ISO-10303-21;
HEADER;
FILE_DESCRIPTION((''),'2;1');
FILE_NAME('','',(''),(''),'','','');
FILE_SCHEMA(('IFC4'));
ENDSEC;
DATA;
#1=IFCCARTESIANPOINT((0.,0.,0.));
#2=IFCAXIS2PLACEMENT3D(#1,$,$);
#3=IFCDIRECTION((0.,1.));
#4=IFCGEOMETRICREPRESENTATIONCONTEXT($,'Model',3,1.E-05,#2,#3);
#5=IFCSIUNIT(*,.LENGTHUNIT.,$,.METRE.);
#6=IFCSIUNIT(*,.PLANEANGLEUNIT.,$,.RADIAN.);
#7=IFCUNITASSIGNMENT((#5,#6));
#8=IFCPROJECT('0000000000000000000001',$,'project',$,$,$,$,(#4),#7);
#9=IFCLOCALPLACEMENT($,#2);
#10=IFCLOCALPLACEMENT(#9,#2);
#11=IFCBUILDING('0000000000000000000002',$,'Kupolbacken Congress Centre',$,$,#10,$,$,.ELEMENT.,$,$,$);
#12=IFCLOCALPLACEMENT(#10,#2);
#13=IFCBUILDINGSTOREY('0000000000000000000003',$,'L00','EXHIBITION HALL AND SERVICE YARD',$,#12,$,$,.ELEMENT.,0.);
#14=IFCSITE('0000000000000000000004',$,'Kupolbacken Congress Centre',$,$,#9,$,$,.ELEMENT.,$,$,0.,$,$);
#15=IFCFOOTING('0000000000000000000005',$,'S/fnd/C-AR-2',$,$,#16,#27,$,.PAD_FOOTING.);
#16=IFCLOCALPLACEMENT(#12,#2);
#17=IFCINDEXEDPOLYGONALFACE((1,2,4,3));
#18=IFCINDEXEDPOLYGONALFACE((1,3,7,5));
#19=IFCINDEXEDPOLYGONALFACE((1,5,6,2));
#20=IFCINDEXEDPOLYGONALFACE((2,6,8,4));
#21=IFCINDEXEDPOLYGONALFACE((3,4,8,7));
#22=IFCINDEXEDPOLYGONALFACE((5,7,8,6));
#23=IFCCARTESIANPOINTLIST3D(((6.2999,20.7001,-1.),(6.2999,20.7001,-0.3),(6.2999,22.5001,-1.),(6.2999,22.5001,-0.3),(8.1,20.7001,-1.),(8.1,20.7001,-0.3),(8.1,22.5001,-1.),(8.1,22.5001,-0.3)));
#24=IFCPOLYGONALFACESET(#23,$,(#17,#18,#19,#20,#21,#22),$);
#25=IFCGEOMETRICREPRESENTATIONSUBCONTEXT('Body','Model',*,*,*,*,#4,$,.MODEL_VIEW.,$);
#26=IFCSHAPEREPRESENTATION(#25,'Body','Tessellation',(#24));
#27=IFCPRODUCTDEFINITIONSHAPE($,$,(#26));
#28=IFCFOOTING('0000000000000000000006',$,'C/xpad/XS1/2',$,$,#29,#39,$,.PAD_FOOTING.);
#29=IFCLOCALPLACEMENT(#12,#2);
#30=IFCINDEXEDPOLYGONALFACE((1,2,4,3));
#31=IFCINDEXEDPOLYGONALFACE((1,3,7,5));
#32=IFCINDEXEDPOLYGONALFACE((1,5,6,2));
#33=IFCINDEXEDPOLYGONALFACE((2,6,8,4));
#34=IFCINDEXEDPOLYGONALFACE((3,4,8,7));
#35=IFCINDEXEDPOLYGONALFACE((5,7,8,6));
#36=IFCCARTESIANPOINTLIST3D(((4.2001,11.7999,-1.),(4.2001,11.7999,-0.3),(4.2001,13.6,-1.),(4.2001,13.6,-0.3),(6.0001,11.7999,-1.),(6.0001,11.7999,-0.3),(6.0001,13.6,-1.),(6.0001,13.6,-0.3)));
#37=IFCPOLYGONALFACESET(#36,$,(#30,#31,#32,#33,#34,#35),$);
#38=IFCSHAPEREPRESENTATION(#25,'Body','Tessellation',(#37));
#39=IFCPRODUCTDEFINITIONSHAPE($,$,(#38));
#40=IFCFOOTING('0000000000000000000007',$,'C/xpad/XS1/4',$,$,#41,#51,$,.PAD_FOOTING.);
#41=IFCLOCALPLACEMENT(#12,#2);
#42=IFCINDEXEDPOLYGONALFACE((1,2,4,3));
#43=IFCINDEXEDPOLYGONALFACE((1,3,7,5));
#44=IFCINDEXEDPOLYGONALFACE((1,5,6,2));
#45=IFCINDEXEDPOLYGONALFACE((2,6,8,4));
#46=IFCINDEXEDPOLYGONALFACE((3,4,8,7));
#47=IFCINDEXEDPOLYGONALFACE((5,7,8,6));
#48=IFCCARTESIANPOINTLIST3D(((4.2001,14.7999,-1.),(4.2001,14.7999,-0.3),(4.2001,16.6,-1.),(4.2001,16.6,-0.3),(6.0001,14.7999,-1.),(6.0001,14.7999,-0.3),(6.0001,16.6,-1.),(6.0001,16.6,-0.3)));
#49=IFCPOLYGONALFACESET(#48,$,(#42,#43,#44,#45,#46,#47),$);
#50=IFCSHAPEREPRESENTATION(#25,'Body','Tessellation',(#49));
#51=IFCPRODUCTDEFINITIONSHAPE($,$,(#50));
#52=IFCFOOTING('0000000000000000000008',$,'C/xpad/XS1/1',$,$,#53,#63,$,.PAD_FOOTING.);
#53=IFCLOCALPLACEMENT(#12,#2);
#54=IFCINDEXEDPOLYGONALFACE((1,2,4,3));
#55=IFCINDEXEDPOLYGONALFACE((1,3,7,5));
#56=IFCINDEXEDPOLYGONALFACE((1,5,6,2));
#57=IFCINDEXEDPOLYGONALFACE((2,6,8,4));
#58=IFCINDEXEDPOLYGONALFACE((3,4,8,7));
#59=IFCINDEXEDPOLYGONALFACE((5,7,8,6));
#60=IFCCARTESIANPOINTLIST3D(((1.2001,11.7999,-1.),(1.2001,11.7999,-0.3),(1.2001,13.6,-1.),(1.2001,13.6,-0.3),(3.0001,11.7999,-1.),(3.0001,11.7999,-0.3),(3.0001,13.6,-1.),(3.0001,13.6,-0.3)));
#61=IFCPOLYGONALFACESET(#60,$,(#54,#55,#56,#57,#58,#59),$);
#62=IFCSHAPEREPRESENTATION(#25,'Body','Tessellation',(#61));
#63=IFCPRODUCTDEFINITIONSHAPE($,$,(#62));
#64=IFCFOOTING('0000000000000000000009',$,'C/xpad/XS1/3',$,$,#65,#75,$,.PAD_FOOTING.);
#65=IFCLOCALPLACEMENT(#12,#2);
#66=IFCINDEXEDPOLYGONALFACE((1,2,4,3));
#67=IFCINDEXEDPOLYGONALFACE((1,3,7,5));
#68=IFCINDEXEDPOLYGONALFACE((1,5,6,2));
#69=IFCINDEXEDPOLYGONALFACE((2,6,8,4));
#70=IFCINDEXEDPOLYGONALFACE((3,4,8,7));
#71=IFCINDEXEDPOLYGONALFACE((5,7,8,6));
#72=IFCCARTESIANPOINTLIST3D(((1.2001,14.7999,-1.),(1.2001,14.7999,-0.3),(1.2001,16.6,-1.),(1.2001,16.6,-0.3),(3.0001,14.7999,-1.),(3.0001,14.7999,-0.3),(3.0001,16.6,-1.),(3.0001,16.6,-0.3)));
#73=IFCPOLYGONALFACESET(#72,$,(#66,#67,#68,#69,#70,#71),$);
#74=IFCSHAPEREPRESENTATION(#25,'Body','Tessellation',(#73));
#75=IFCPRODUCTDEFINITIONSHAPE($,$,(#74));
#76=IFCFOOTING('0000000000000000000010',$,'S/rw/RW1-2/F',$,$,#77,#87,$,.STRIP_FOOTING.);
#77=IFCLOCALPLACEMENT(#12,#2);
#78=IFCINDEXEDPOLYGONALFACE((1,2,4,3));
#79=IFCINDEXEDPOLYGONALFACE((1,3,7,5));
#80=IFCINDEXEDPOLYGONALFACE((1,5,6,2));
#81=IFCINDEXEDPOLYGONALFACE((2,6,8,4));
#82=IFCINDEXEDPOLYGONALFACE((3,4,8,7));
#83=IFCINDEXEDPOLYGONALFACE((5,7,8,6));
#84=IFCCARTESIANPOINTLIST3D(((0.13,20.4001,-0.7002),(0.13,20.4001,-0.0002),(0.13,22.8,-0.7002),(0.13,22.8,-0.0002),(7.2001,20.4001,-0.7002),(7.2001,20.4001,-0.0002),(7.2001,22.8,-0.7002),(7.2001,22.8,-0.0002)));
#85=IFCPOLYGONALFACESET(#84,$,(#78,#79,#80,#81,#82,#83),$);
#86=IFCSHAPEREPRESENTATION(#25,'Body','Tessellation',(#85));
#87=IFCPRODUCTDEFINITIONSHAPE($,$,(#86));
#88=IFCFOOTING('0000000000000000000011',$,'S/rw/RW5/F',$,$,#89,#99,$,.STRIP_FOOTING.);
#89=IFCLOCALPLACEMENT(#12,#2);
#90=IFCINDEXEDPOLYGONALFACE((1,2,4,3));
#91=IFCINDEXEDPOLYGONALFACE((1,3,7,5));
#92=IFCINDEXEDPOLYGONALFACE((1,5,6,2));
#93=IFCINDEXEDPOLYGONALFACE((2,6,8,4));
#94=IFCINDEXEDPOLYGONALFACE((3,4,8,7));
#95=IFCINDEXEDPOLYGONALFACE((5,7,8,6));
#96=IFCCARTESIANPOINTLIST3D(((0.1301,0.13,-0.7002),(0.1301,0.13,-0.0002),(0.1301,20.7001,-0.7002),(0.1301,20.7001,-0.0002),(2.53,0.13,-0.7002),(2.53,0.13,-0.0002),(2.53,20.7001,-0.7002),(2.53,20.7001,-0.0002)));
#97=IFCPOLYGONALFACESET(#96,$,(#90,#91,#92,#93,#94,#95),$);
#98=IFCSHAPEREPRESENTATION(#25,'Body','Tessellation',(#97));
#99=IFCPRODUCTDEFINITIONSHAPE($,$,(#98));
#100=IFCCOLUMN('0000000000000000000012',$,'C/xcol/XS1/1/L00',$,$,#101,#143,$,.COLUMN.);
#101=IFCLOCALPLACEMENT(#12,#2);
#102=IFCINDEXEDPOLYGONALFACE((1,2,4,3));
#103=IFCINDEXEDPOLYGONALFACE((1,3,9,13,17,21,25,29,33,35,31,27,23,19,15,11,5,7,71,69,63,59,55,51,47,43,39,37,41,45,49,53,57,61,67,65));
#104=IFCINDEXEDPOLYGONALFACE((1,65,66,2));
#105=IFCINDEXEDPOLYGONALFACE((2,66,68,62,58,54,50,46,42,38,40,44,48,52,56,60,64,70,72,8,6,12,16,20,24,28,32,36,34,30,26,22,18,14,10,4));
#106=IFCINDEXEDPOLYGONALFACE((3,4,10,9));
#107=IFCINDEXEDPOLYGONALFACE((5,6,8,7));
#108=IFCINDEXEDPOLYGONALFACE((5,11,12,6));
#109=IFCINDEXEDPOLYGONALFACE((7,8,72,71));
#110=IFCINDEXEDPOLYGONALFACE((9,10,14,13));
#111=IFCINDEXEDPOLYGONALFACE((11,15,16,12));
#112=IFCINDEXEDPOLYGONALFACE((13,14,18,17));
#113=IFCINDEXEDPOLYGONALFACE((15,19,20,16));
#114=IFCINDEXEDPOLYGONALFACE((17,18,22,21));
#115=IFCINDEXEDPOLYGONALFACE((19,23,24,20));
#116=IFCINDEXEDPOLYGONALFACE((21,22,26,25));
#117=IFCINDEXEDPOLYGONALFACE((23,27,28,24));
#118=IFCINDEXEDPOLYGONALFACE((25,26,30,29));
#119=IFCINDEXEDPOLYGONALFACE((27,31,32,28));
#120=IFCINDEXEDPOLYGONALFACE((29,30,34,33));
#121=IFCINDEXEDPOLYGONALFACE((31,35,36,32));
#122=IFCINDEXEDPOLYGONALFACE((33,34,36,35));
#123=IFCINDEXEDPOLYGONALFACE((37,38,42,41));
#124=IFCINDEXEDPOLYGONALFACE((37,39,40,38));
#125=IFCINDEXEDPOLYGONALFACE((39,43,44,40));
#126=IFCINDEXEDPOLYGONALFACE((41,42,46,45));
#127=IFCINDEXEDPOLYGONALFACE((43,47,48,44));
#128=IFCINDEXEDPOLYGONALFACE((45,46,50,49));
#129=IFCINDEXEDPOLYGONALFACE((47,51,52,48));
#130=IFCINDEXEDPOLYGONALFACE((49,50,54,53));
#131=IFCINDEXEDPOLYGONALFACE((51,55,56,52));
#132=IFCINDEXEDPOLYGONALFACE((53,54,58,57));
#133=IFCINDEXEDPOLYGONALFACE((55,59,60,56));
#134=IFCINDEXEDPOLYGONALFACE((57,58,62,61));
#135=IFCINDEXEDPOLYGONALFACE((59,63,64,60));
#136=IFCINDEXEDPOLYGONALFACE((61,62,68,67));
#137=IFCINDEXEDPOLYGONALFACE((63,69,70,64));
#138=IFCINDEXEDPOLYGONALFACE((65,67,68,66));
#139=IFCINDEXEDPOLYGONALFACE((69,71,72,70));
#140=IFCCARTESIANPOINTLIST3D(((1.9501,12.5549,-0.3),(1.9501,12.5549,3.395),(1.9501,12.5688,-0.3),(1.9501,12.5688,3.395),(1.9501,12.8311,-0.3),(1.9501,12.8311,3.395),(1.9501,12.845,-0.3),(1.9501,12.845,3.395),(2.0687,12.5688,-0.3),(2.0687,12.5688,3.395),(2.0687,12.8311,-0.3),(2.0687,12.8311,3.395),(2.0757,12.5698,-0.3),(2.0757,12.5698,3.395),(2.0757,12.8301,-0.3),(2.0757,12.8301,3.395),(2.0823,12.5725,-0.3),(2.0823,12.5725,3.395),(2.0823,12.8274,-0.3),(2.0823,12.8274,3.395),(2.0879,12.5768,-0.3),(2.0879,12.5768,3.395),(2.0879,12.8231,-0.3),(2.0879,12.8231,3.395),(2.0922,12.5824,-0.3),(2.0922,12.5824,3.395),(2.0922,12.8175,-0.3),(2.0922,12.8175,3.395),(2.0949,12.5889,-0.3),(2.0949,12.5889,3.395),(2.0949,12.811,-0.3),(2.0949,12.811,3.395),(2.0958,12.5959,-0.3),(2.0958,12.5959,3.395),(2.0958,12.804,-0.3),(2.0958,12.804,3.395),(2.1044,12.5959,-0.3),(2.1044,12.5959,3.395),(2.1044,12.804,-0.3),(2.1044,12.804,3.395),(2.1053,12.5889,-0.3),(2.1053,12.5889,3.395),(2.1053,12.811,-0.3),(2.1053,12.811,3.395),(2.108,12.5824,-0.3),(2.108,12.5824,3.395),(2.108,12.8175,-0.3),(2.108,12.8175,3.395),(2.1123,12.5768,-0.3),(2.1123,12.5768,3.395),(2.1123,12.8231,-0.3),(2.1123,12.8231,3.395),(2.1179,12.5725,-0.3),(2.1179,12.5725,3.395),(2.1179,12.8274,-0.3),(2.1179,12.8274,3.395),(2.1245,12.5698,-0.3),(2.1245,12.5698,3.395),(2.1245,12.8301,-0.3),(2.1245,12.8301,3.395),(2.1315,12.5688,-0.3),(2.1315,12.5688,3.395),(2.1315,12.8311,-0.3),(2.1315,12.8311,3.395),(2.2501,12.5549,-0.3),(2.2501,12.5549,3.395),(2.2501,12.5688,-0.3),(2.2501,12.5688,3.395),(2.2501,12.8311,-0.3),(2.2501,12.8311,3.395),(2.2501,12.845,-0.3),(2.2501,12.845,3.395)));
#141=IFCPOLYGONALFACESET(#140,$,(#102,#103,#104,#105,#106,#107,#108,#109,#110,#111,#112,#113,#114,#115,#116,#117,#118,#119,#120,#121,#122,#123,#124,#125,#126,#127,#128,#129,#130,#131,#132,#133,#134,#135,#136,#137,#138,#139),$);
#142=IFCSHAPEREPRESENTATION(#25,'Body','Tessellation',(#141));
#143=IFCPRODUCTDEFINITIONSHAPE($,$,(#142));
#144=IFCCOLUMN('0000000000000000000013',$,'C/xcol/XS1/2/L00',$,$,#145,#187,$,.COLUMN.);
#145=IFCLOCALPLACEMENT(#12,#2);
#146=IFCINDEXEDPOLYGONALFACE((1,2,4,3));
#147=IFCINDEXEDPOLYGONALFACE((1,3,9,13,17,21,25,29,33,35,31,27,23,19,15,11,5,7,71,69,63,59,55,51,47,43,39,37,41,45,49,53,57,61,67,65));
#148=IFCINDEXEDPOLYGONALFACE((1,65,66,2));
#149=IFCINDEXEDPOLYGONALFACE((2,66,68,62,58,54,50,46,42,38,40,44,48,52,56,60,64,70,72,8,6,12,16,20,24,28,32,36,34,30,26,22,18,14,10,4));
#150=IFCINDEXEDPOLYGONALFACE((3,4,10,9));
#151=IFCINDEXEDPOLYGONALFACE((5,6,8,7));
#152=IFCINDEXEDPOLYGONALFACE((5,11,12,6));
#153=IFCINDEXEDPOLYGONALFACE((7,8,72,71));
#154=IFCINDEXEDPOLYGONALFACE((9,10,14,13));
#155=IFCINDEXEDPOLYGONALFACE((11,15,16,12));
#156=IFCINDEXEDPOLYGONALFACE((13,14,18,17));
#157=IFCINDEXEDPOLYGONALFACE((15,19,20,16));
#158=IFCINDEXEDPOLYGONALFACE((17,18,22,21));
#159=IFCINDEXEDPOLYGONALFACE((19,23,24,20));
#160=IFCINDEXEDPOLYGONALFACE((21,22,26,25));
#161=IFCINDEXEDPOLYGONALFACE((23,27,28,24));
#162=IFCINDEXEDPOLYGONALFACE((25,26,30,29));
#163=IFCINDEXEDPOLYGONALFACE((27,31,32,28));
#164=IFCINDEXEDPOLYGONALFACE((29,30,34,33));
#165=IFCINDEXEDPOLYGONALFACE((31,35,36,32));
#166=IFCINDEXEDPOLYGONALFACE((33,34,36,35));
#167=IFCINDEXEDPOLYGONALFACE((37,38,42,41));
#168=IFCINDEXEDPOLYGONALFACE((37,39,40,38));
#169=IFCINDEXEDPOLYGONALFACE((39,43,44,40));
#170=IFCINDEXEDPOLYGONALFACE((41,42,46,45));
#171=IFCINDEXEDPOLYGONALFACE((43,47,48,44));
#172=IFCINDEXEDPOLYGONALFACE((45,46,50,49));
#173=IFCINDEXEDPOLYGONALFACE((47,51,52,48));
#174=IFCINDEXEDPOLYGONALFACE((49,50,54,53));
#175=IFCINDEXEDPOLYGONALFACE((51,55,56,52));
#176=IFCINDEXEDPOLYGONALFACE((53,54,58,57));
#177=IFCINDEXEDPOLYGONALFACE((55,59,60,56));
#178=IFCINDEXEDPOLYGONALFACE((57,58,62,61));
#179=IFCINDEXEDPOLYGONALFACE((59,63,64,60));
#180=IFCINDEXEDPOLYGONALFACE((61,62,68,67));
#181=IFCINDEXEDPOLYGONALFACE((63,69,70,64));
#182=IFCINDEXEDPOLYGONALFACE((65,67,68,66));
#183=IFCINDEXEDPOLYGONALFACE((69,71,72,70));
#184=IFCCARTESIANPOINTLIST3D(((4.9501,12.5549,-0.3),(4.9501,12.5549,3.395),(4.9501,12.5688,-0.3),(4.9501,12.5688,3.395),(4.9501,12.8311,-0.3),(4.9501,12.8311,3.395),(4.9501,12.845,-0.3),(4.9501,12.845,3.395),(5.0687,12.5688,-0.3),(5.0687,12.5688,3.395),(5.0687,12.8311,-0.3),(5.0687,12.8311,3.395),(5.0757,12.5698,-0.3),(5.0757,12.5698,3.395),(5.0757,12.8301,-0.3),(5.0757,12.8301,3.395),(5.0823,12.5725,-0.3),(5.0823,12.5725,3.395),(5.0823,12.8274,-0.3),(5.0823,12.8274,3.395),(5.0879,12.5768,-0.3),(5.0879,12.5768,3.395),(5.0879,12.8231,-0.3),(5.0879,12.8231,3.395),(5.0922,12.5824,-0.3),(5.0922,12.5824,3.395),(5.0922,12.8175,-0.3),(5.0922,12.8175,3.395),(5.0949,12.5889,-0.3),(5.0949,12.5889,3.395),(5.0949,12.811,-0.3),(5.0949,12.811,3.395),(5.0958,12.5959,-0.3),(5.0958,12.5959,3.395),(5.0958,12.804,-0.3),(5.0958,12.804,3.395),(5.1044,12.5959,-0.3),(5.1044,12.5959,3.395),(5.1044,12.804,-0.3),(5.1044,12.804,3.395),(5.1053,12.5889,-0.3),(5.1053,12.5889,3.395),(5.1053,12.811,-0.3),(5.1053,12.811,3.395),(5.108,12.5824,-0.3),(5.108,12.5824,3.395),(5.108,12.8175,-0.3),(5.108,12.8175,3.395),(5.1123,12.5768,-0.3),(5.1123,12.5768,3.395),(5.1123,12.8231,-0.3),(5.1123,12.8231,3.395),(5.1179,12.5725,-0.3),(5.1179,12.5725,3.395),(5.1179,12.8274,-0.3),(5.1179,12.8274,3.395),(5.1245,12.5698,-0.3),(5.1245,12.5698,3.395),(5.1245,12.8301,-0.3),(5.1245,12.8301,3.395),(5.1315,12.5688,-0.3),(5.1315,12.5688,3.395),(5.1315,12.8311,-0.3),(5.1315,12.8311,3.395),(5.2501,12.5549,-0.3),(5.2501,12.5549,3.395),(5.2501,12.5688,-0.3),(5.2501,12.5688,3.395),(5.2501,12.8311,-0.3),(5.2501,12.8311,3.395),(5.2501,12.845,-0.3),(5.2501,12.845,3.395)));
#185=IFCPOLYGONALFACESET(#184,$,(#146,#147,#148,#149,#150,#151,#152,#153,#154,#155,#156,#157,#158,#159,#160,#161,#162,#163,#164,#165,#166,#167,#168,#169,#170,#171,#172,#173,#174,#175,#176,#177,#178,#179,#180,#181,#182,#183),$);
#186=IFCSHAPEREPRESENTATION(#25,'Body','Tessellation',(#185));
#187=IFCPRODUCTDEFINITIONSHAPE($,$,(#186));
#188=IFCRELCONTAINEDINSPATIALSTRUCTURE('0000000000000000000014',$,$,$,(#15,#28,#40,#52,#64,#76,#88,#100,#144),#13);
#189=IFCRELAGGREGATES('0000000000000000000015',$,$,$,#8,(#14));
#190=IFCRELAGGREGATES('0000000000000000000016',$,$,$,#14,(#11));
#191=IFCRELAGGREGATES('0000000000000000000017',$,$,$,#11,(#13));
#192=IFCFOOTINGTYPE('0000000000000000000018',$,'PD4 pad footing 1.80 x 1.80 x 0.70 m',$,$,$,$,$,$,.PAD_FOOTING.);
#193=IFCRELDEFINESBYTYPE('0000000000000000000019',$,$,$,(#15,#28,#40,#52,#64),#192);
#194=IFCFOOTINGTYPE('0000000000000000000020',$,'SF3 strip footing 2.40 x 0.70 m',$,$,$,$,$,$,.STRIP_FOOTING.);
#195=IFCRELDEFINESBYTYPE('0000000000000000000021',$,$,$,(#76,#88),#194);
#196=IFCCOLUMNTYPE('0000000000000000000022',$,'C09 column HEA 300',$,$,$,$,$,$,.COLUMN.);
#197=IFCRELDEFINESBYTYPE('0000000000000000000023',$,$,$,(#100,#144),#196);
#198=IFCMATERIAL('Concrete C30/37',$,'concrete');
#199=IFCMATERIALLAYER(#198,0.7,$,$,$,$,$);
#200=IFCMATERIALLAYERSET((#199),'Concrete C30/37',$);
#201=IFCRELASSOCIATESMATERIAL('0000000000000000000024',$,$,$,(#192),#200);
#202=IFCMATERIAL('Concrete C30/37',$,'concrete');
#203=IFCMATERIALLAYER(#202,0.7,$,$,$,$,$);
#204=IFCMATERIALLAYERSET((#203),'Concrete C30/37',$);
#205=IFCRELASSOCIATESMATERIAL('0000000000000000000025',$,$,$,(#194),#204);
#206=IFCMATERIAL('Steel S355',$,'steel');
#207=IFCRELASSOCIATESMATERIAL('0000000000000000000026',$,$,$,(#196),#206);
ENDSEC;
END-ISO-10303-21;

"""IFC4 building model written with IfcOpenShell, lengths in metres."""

from ifc_helpers import new_model, si_unit, direction, frame, origin, origin_2d, place, context, subcontext, project, spatial, rectangle, i_section, extrude, material, layer, layer_set, material_profile, profile_set, type_object, element, save


model = new_model("IFC4")

# Units and contexts
model_context = context("Model", 3, precision=1e-05, world=origin(), true_north=direction((0.0, 1.0)))
body_context = subcontext(model_context, "Body", "Model", "MODEL_VIEW")
ifc_project = project(units=[si_unit("LENGTHUNIT", "METRE"), si_unit("PLANEANGLEUNIT", "RADIAN")], contexts=[model_context])

# Site, building, storey
site_placement = place(None, origin())
site = spatial("IfcSite", under=ifc_project, at=site_placement, Name="Kupolbacken Congress Centre", CompositionType="ELEMENT", RefElevation=0.0)
building_placement = place(site_placement, origin())
building = spatial("IfcBuilding", under=site, at=building_placement, Name="Kupolbacken Congress Centre", CompositionType="ELEMENT")
storey_placement = place(building_placement, origin())
storey = spatial("IfcBuildingStorey", under=building, at=storey_placement, Name="L00", Description="EXHIBITION HALL AND SERVICE YARD", CompositionType="ELEMENT", Elevation=0.0)

# Footings
ifc_material_1 = material(Name="Concrete C30/37", Category="concrete")
ifc_layer_1 = layer(ifc_material_1, 0.7)
ifc_layer_set_1 = layer_set([ifc_layer_1], Name="Concrete C30/37")
footing_type_1 = type_object("IfcFootingType", Name="PD4 pad footing 1.80 x 1.80 x 0.70 m", PredefinedType="PAD_FOOTING", material=ifc_layer_set_1)
for number, where, z_axis, x_axis, name in (
    (1, (7.2, 21.6001, -1.0), (0.0, 0.0, 1.0), (1.0, 0.0, 0.0), "S/fnd/C-AR-2"),
    (2, (5.1001, 12.7, -1.0), (0.0, 0.0, 1.0), (1.0, 0.0, 0.0), "C/xpad/XS1/2"),
    (3, (5.1001, 15.7, -1.0), (0.0, 0.0, 1.0), (1.0, 0.0, 0.0), "C/xpad/XS1/4"),
    (4, (2.1001, 12.7, -1.0), (0.0, 0.0, 1.0), (1.0, 0.0, 0.0), "C/xpad/XS1/1"),
    (5, (2.1001, 15.7, -1.0), (0.0, 0.0, 1.0), (1.0, 0.0, 0.0), "C/xpad/XS1/3"),
):
    element("IfcFooting", number, at=place(storey_placement, frame(where, z_axis=z_axis, x_axis=x_axis)), inside=storey, type_object=footing_type_1, Name=name, PredefinedType="PAD_FOOTING", context=body_context, shape_type="SweptSolid", body=[
        extrude(rectangle(XDim=1.8, YDim=1.8, at=origin_2d()), origin(), (0.0, 0.0, 1.0), 0.7),
    ])
ifc_material_2 = material(Name="Concrete C30/37", Category="concrete")
ifc_layer_2 = layer(ifc_material_2, 0.7)
ifc_layer_set_2 = layer_set([ifc_layer_2], Name="Concrete C30/37")
footing_type_2 = type_object("IfcFootingType", Name="SF3 strip footing 2.40 x 0.70 m", PredefinedType="STRIP_FOOTING", material=ifc_layer_set_2)
footing_1_placement = place(storey_placement, frame((3.665, 21.6001, -0.7002), z_axis=(0.0, 0.0, 1.0), x_axis=(1.0, 0.0, 0.0)))
element("IfcFooting", 6, at=footing_1_placement, inside=storey, type_object=footing_type_2, Name="S/rw/RW1-2/F", PredefinedType="STRIP_FOOTING", context=body_context, shape_type="SweptSolid", body=[
    extrude(rectangle(XDim=7.0701, YDim=2.3999, at=origin_2d()), origin(), (0.0, 0.0, 1.0), 0.7),
])
footing_2_placement = place(storey_placement, frame((1.3301, 10.415, -0.7002), z_axis=(0.0, 0.0, 1.0), x_axis=(0.0, 1.0, 0.0)))
element("IfcFooting", 7, at=footing_2_placement, inside=storey, type_object=footing_type_2, Name="S/rw/RW5/F", PredefinedType="STRIP_FOOTING", context=body_context, shape_type="SweptSolid", body=[
    extrude(rectangle(XDim=20.5701, YDim=2.3999, at=origin_2d()), origin(), (0.0, 0.0, 1.0), 0.7),
])

# Columns
ifc_material_3 = material(Name="Steel S355", Category="steel")
ifc_material_profile_1 = material_profile(ifc_material_3, i_section(OverallWidth=0.3, OverallDepth=0.29, WebThickness=0.0085, FlangeThickness=0.0139, FilletRadius=0.0271, at=origin_2d()), Name="HEA 300")
ifc_profile_set_1 = profile_set([ifc_material_profile_1], Name="Steel S355")
column_type_1 = type_object("IfcColumnType", Name="C09 column HEA 300", PredefinedType="COLUMN", material=ifc_profile_set_1)
for number, where, z_axis, x_axis, name in (
    (8, (2.1001, 12.7, -0.3), (0.0, 0.0, 1.0), (1.0, 0.0, 0.0), "C/xcol/XS1/1/L00"),
    (9, (5.1001, 12.7, -0.3), (0.0, 0.0, 1.0), (1.0, 0.0, 0.0), "C/xcol/XS1/2/L00"),
):
    element("IfcColumn", number, at=place(storey_placement, frame(where, z_axis=z_axis, x_axis=x_axis)), inside=storey, type_object=column_type_1, Name=name, PredefinedType="COLUMN", context=body_context, shape_type="SweptSolid", body=[
        extrude(i_section(OverallWidth=0.3, OverallDepth=0.29, WebThickness=0.0085, FlangeThickness=0.0139, FilletRadius=0.0271, at=origin_2d()), origin(), (0.0, 0.0, 1.0), 3.6951),
    ])

save(model, "model.ifc")
